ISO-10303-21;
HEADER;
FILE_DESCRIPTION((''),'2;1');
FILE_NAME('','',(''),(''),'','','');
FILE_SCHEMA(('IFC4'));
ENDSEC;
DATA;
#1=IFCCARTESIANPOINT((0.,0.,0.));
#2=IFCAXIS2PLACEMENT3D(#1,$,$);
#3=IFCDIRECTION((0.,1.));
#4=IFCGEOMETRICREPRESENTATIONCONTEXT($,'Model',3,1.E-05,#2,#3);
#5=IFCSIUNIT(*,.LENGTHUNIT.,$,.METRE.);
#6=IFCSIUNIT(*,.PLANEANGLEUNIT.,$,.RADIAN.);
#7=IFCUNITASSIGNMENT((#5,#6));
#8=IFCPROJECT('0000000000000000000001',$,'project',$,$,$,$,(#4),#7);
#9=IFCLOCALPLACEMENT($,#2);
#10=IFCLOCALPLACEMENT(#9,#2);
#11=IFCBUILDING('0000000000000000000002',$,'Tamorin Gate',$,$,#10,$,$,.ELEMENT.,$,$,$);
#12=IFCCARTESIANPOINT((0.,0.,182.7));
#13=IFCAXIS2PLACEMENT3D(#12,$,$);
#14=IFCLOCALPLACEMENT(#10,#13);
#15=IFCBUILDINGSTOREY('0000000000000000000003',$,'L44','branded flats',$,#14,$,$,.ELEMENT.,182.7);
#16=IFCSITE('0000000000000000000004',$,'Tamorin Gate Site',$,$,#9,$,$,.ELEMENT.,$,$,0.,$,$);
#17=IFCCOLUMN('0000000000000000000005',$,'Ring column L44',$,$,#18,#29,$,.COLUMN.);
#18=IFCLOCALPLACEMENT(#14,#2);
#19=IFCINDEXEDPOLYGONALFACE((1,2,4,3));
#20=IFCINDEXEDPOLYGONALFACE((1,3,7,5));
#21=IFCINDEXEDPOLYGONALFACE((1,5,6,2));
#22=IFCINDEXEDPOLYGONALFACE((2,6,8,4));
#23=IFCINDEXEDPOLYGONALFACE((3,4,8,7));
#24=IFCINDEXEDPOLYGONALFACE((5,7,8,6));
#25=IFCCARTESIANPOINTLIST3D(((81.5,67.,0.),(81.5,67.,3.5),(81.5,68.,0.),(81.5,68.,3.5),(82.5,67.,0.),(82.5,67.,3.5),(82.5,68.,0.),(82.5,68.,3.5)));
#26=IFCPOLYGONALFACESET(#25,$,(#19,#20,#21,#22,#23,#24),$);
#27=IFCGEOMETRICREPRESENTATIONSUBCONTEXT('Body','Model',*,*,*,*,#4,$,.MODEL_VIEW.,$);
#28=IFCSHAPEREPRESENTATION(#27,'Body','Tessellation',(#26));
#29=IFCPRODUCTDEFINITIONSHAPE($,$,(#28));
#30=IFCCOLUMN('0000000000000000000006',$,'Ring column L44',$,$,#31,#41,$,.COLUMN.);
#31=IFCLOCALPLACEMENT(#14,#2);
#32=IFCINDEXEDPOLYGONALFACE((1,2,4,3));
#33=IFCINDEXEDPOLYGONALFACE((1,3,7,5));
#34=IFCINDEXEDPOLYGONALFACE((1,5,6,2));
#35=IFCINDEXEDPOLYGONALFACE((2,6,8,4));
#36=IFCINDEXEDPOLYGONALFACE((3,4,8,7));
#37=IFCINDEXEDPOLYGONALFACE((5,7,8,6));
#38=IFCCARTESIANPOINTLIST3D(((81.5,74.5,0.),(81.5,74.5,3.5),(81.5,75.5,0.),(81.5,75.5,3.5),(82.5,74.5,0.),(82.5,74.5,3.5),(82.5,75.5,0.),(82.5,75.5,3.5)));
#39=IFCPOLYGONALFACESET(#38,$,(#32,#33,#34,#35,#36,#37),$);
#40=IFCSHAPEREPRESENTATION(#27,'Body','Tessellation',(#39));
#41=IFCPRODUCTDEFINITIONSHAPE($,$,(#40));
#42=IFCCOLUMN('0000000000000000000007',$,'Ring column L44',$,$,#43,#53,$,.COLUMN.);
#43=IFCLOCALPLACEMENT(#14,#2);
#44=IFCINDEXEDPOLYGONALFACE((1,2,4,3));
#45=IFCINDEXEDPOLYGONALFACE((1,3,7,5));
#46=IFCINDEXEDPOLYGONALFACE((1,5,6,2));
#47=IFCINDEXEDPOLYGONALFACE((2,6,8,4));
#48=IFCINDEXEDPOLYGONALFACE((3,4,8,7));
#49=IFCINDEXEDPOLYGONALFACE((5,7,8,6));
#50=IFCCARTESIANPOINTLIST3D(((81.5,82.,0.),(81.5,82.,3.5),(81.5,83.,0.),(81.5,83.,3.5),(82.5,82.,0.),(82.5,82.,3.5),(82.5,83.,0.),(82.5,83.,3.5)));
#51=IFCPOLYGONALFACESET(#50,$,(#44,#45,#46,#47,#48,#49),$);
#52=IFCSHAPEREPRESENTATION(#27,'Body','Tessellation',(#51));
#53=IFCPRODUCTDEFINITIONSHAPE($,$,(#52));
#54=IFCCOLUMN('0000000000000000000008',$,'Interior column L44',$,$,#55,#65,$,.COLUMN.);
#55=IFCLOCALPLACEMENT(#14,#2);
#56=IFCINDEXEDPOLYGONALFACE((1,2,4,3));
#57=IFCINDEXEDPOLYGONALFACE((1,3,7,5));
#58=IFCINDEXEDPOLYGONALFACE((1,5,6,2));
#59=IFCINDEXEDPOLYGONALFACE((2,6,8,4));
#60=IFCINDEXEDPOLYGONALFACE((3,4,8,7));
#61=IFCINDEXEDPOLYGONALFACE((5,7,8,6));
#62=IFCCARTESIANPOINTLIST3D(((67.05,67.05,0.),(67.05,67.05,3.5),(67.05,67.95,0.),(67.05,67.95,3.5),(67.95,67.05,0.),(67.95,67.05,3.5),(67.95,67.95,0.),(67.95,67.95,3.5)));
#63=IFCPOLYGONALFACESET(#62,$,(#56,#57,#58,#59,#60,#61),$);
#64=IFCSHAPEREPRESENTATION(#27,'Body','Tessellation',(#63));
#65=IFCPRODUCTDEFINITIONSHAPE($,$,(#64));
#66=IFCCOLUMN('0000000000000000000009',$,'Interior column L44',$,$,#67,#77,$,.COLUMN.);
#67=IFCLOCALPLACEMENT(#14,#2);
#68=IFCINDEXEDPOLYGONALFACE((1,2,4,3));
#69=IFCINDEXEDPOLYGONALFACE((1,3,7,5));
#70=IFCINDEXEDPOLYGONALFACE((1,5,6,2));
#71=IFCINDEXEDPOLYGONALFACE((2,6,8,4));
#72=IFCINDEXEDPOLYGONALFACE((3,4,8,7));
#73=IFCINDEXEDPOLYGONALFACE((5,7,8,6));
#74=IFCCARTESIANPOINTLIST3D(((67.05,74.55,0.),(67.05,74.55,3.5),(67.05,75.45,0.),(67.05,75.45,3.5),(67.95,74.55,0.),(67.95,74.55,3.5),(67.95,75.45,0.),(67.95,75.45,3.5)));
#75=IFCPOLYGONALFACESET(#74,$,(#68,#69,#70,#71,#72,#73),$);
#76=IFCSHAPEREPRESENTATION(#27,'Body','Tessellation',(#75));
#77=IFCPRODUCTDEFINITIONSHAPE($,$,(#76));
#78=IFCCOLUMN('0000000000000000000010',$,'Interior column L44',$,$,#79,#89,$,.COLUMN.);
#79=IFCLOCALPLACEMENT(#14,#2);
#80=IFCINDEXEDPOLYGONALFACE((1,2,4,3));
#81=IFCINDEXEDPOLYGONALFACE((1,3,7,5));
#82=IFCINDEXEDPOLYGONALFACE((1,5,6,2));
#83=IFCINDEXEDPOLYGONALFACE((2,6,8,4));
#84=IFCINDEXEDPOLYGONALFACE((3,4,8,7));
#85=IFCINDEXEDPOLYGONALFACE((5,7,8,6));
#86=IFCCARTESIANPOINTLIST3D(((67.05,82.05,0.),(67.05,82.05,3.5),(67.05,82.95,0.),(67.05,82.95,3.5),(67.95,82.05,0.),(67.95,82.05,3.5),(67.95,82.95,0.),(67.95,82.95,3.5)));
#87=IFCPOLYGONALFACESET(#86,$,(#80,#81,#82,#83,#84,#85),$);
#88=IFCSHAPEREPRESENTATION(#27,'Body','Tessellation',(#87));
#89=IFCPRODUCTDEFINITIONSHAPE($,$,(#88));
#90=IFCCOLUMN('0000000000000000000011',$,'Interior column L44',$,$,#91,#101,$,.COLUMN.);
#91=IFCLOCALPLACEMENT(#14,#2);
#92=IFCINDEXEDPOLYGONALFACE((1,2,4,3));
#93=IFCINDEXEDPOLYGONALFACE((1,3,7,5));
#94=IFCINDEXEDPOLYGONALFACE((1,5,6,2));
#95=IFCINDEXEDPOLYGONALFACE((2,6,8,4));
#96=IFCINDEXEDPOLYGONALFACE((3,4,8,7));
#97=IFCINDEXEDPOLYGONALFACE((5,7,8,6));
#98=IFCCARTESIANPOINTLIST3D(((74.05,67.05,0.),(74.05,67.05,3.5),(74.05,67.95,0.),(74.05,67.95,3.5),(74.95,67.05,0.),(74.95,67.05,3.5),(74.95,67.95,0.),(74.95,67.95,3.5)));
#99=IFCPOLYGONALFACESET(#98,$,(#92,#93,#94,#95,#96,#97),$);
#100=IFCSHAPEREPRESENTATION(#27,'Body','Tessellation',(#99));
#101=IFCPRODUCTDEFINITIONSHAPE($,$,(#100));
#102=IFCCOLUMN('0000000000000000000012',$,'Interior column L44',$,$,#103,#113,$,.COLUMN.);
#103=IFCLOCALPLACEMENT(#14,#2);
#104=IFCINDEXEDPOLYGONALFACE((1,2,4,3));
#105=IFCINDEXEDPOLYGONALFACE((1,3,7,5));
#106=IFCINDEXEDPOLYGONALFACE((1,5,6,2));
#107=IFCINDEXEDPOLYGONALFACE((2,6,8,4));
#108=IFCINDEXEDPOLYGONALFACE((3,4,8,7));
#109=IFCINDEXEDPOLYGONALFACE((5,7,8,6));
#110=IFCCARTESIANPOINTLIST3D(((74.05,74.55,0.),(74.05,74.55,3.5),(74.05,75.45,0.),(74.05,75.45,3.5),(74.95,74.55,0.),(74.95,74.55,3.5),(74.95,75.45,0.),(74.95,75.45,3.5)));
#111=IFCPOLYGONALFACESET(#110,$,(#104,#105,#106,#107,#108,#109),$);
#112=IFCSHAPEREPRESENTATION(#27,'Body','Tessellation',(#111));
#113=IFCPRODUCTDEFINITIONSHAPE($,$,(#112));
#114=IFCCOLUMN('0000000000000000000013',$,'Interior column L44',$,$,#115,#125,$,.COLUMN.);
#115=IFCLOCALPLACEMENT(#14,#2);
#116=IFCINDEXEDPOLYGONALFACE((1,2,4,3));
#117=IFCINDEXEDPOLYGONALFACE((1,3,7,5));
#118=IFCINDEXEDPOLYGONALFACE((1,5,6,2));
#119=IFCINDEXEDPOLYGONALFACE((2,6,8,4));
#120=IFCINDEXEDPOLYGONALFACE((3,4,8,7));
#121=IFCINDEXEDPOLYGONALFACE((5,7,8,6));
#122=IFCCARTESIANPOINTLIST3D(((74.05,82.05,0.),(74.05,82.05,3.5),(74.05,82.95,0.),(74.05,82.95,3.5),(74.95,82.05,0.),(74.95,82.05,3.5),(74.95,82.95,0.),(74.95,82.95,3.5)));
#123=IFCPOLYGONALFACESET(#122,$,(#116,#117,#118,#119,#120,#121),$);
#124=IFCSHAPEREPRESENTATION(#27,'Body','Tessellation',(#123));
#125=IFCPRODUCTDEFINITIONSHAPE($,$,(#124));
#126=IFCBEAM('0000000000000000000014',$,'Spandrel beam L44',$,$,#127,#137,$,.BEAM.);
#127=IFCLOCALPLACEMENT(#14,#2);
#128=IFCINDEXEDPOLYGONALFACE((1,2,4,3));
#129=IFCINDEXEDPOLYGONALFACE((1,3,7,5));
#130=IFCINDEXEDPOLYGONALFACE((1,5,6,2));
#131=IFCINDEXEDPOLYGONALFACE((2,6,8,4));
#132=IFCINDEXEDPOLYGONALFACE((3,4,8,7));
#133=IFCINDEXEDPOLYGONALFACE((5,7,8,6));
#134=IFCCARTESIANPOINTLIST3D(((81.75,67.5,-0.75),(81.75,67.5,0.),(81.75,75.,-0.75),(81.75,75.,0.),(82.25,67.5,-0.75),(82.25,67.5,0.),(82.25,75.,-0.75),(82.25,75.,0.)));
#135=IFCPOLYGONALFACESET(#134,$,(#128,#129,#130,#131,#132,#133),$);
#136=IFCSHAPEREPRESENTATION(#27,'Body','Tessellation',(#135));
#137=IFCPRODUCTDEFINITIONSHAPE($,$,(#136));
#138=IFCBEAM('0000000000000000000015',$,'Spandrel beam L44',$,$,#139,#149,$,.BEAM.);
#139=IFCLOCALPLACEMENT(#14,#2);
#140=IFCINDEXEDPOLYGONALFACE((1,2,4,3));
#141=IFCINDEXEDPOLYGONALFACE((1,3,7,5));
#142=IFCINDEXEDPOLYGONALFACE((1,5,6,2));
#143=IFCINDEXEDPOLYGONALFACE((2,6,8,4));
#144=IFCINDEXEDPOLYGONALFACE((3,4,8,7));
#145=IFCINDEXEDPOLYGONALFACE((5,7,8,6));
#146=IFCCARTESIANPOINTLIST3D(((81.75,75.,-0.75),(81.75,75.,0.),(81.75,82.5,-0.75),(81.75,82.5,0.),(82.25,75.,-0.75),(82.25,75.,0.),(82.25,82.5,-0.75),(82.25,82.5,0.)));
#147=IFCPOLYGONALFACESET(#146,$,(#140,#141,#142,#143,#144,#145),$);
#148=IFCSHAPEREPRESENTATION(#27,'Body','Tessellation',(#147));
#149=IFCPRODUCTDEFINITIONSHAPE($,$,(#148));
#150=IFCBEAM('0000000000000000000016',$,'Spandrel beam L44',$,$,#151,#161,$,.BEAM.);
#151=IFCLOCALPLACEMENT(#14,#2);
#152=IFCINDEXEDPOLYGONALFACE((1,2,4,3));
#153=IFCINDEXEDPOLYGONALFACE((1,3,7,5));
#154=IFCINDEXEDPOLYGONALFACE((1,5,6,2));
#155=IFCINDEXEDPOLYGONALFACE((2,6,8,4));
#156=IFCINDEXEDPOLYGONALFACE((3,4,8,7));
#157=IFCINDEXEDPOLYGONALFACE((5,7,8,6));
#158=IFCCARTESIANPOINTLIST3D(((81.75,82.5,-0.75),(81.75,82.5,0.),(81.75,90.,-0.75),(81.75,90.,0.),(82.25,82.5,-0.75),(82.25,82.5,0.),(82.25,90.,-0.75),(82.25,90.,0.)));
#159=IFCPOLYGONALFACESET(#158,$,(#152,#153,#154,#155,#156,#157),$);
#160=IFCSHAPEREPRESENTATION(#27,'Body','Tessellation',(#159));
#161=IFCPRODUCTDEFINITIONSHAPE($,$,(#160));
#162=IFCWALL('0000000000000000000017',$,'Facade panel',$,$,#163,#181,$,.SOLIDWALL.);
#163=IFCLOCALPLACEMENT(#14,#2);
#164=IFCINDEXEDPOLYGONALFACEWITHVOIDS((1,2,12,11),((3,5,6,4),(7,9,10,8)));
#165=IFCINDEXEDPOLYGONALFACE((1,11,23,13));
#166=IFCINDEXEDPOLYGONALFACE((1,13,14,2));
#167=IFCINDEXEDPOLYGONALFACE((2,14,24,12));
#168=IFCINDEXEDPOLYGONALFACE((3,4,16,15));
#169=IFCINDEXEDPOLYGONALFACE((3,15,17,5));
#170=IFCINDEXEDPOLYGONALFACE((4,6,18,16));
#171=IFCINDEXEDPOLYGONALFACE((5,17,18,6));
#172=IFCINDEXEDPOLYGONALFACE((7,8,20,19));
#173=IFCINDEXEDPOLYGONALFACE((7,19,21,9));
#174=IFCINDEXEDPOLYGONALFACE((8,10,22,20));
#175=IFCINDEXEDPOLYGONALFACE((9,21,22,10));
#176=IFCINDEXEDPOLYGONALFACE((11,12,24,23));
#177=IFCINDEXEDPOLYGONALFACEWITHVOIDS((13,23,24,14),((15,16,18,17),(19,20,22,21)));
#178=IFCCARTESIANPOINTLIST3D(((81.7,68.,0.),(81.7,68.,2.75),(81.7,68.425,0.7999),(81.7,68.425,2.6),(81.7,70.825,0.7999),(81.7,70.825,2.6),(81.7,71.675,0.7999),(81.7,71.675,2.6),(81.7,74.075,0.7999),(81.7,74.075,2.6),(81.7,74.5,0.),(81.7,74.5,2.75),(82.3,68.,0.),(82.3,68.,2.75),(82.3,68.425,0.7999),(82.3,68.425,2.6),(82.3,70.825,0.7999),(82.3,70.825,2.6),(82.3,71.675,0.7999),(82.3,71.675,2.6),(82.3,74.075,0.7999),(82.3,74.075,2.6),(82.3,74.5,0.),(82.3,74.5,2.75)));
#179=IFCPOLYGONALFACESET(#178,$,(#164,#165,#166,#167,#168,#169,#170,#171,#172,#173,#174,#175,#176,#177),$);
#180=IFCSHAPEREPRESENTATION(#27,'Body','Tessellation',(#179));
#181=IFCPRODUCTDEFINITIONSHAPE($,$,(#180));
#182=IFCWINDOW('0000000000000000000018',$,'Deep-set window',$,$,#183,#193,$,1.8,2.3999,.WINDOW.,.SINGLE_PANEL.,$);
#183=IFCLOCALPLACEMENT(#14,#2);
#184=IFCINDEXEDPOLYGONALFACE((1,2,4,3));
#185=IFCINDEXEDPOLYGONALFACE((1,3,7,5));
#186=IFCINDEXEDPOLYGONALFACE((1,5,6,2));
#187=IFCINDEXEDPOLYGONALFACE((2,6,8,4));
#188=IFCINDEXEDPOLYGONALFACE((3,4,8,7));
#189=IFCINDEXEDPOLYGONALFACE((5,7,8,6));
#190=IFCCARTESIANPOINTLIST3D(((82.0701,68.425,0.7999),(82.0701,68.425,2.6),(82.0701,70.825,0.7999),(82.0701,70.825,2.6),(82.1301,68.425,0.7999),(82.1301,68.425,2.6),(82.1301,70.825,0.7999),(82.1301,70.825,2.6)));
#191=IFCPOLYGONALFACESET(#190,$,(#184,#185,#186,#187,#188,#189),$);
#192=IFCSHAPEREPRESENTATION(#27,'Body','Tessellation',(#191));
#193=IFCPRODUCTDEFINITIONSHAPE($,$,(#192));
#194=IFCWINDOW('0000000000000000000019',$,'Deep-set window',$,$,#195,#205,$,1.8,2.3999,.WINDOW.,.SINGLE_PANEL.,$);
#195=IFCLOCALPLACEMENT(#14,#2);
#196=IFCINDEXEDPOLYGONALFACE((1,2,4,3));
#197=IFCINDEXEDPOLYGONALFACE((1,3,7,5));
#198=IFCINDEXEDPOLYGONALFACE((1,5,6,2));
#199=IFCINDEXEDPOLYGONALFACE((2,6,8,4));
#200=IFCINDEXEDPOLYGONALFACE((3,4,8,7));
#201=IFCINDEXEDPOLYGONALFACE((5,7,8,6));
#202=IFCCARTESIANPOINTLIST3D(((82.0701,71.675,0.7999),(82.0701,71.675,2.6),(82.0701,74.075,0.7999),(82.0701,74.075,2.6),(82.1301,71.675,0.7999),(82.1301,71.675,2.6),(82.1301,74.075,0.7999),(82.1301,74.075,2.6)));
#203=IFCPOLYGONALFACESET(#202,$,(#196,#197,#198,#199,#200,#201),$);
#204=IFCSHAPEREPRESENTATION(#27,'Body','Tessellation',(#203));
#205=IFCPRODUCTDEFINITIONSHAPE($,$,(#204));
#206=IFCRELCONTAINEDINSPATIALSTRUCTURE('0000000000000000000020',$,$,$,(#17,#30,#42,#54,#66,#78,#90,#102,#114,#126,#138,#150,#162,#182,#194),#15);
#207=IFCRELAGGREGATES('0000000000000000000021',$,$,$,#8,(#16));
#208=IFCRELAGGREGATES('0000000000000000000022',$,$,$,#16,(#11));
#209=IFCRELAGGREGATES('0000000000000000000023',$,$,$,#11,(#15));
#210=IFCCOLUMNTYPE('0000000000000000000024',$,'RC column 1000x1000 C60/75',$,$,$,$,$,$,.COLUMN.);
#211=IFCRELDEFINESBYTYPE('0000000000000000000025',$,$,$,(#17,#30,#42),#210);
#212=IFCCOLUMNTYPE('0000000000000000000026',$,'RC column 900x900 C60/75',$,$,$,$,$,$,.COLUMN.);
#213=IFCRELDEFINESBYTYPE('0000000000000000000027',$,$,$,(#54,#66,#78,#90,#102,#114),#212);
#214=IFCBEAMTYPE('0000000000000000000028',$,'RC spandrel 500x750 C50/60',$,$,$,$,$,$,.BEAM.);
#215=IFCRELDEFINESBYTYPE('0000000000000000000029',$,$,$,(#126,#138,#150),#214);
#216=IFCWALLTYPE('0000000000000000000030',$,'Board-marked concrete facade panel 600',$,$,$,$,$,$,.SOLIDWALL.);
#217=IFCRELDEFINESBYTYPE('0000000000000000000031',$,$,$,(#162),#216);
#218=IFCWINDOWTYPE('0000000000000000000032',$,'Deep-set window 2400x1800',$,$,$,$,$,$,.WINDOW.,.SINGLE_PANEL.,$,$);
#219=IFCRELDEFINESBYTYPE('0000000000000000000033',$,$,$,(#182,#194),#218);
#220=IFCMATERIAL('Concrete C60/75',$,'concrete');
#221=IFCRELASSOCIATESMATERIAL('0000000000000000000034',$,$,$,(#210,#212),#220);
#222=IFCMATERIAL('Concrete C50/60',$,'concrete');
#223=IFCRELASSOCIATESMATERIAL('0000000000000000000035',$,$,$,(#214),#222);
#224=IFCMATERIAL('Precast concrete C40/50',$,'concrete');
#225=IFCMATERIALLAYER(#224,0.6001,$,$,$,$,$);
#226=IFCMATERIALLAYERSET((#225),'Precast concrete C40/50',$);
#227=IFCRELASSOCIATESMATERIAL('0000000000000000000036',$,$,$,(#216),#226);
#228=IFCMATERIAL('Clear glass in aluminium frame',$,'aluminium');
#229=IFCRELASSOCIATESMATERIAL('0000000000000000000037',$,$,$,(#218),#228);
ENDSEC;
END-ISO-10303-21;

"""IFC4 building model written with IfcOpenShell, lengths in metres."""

from ifc_helpers import new_model, si_unit, direction, frame, frame_2d, origin, origin_2d, place, context, subcontext, project, spatial, rectangle, extrude, material, layer, layer_set, material_profile, profile_set, type_object, element, fill, save


model = new_model("IFC4")

# Units and contexts
model_context = context("Model", 3, precision=1e-05, world=origin(), true_north=direction((0.0, 1.0)))
body_context = subcontext(model_context, "Body", "Model", "MODEL_VIEW")
ifc_project = project(units=[si_unit("LENGTHUNIT", "METRE"), si_unit("PLANEANGLEUNIT", "RADIAN")], contexts=[model_context])

# Site, building, storey
site_placement = place(None, origin())
site = spatial("IfcSite", under=ifc_project, at=site_placement, Name="Tamorin Gate Site", CompositionType="ELEMENT", RefElevation=0.0)
building_placement = place(site_placement, origin())
building = spatial("IfcBuilding", under=site, at=building_placement, Name="Tamorin Gate", CompositionType="ELEMENT")
storey_placement = place(building_placement, frame((0.0, 0.0, 182.7)))
storey = spatial("IfcBuildingStorey", under=building, at=storey_placement, Name="L44", Description="branded flats", CompositionType="ELEMENT", Elevation=182.7)

# Columns
ifc_material_1 = material(Name="Concrete C60/75", Category="concrete")
ifc_material_profile_1 = material_profile(ifc_material_1, rectangle(XDim=1.0, YDim=1.0, at=origin_2d()), Name="RC 1000x1000")
ifc_profile_set_1 = profile_set([ifc_material_profile_1], Name="Concrete C60/75")
column_type_1 = type_object("IfcColumnType", Name="RC column 1000x1000 C60/75", PredefinedType="COLUMN", material=ifc_profile_set_1)
for number, where, z_axis, x_axis, name in (
    (1, (82.0, 67.5, 0.0), (0.0, 0.0, 1.0), (1.0, 0.0, 0.0), "Ring column L44"),
    (2, (82.0, 75.0, 0.0), (0.0, 0.0, 1.0), (1.0, 0.0, 0.0), "Ring column L44"),
    (3, (82.0, 82.5, 0.0), (0.0, 0.0, 1.0), (1.0, 0.0, 0.0), "Ring column L44"),
):
    element("IfcColumn", number, at=place(storey_placement, frame(where, z_axis=z_axis, x_axis=x_axis)), inside=storey, type_object=column_type_1, Name=name, PredefinedType="COLUMN", context=body_context, shape_type="SweptSolid", body=[
        extrude(rectangle(XDim=1.0, YDim=1.0, at=origin_2d()), origin(), (0.0, 0.0, 1.0), 3.5),
    ])
ifc_material_profile_2 = material_profile(ifc_material_1, rectangle(XDim=0.8999, YDim=0.8999, at=origin_2d()), Name="RC 900x900")
ifc_profile_set_2 = profile_set([ifc_material_profile_2], Name="Concrete C60/75")
column_type_2 = type_object("IfcColumnType", Name="RC column 900x900 C60/75", PredefinedType="COLUMN", material=ifc_profile_set_2)
for number, where, z_axis, x_axis, name in (
    (4, (67.5, 67.5, 0.0), (0.0, 0.0, 1.0), (1.0, 0.0, 0.0), "Interior column L44"),
    (5, (67.5, 75.0, 0.0), (0.0, 0.0, 1.0), (1.0, 0.0, 0.0), "Interior column L44"),
    (6, (67.5, 82.5, 0.0), (0.0, 0.0, 1.0), (1.0, 0.0, 0.0), "Interior column L44"),
    (7, (74.5, 67.5, 0.0), (0.0, 0.0, 1.0), (1.0, 0.0, 0.0), "Interior column L44"),
    (8, (74.5, 75.0, 0.0), (0.0, 0.0, 1.0), (1.0, 0.0, 0.0), "Interior column L44"),
    (9, (74.5, 82.5, 0.0), (0.0, 0.0, 1.0), (1.0, 0.0, 0.0), "Interior column L44"),
):
    element("IfcColumn", number, at=place(storey_placement, frame(where, z_axis=z_axis, x_axis=x_axis)), inside=storey, type_object=column_type_2, Name=name, PredefinedType="COLUMN", context=body_context, shape_type="SweptSolid", body=[
        extrude(rectangle(XDim=0.8999, YDim=0.8999, at=origin_2d()), origin(), (0.0, 0.0, 1.0), 3.5),
    ])

# Beams
ifc_material_2 = material(Name="Concrete C50/60", Category="concrete")
ifc_material_profile_3 = material_profile(ifc_material_2, rectangle(XDim=0.5, YDim=0.75, at=origin_2d()), Name="RC 500x750")
ifc_profile_set_3 = profile_set([ifc_material_profile_3], Name="Concrete C50/60")
beam_type = type_object("IfcBeamType", Name="RC spandrel 500x750 C50/60", PredefinedType="BEAM", material=ifc_profile_set_3)
for number, where, z_axis, x_axis, name in (
    (10, (82.0, 67.5, -0.375), (0.0, 1.0, 0.0), (-1.0, 0.0, 0.0), "Spandrel beam L44"),
    (11, (82.0, 75.0, -0.375), (0.0, 1.0, 0.0), (-1.0, 0.0, 0.0), "Spandrel beam L44"),
    (12, (82.0, 82.5, -0.375), (0.0, 1.0, 0.0), (-1.0, 0.0, 0.0), "Spandrel beam L44"),
):
    element("IfcBeam", number, at=place(storey_placement, frame(where, z_axis=z_axis, x_axis=x_axis)), inside=storey, type_object=beam_type, Name=name, PredefinedType="BEAM", context=body_context, shape_type="SweptSolid", body=[
        extrude(rectangle(XDim=0.5, YDim=0.75, at=origin_2d()), origin(), (0.0, 0.0, 1.0), 7.5),
    ])

# Wall, openings, windows
ifc_material_3 = material(Name="Precast concrete C40/50", Category="concrete")
ifc_layer_1 = layer(ifc_material_3, 0.6001)
ifc_layer_set_1 = layer_set([ifc_layer_1], Name="Precast concrete C40/50")
wall_type_1 = type_object("IfcWallType", Name="Board-marked concrete facade panel 600", PredefinedType="SOLIDWALL", material=ifc_layer_set_1)
wall_1_placement = place(storey_placement, frame((82.0, 68.0, 0.0), z_axis=(0.0, 0.0, 1.0), x_axis=(0.0, 1.0, 0.0)))
wall_1 = element("IfcWall", 13, at=wall_1_placement, inside=storey, type_object=wall_type_1, Name="Facade panel", PredefinedType="SOLIDWALL", context=body_context, shape_type="SweptSolid", body=[
    extrude(rectangle(XDim=6.5, YDim=0.6001, at=frame_2d((3.25, 0.0))), origin(), (0.0, 0.0, 1.0), 2.75),
])
opening_1_placement = place(wall_1_placement, frame((0.425, 0.0, 0.8)))
opening_1 = element("IfcOpeningElement", 14, at=opening_1_placement, cuts=wall_1, PredefinedType="OPENING", context=body_context, shape_type="SweptSolid", body=[
    extrude(rectangle(XDim=2.3999, YDim=1.8, at=frame_2d((1.2, 0.8999))), frame((0.0, 0.3101, 0.0), z_axis=(0.0, -1.0, 0.0), x_axis=(1.0, 0.0, 0.0)), (0.0, 0.0, 1.0), 0.6201),
])
opening_2_placement = place(wall_1_placement, frame((3.675, 0.0, 0.8)))
opening_2 = element("IfcOpeningElement", 15, at=opening_2_placement, cuts=wall_1, PredefinedType="OPENING", context=body_context, shape_type="SweptSolid", body=[
    extrude(rectangle(XDim=2.3999, YDim=1.8, at=frame_2d((1.2, 0.8999))), frame((0.0, 0.3101, 0.0), z_axis=(0.0, -1.0, 0.0), x_axis=(1.0, 0.0, 0.0)), (0.0, 0.0, 1.0), 0.6201),
])
ifc_material_4 = material(Name="Clear glass in aluminium frame", Category="aluminium")
window_type = type_object("IfcWindowType", Name="Deep-set window 2400x1800", PartitioningType="SINGLE_PANEL", PredefinedType="WINDOW", material=ifc_material_4)
window_1_placement = place(opening_1_placement, origin())
window_1 = element("IfcWindow", 16, at=window_1_placement, inside=storey, type_object=window_type, Name="Deep-set window", OverallHeight=1.8, OverallWidth=2.3999, PartitioningType="SINGLE_PANEL", PredefinedType="WINDOW", context=body_context, shape_type="SweptSolid", body=[
    extrude(rectangle(XDim=2.3999, YDim=1.8, at=frame_2d((1.2, 0.8999))), frame((0.0, -0.0701, 0.0), z_axis=(0.0, -1.0, 0.0), x_axis=(1.0, 0.0, 0.0)), (0.0, 0.0, 1.0), 0.0601),
])
fill(opening_1, window_1)
window_2_placement = place(opening_2_placement, origin())
window_2 = element("IfcWindow", 17, at=window_2_placement, inside=storey, type_object=window_type, Name="Deep-set window", OverallHeight=1.8, OverallWidth=2.3999, PartitioningType="SINGLE_PANEL", PredefinedType="WINDOW", context=body_context, shape_type="SweptSolid", body=[
    extrude(rectangle(XDim=2.3999, YDim=1.8, at=frame_2d((1.2, 0.8999))), frame((0.0, -0.0701, 0.0), z_axis=(0.0, -1.0, 0.0), x_axis=(1.0, 0.0, 0.0)), (0.0, 0.0, 1.0), 0.0601),
])
fill(opening_2, window_2)

save(model, "model.ifc")
